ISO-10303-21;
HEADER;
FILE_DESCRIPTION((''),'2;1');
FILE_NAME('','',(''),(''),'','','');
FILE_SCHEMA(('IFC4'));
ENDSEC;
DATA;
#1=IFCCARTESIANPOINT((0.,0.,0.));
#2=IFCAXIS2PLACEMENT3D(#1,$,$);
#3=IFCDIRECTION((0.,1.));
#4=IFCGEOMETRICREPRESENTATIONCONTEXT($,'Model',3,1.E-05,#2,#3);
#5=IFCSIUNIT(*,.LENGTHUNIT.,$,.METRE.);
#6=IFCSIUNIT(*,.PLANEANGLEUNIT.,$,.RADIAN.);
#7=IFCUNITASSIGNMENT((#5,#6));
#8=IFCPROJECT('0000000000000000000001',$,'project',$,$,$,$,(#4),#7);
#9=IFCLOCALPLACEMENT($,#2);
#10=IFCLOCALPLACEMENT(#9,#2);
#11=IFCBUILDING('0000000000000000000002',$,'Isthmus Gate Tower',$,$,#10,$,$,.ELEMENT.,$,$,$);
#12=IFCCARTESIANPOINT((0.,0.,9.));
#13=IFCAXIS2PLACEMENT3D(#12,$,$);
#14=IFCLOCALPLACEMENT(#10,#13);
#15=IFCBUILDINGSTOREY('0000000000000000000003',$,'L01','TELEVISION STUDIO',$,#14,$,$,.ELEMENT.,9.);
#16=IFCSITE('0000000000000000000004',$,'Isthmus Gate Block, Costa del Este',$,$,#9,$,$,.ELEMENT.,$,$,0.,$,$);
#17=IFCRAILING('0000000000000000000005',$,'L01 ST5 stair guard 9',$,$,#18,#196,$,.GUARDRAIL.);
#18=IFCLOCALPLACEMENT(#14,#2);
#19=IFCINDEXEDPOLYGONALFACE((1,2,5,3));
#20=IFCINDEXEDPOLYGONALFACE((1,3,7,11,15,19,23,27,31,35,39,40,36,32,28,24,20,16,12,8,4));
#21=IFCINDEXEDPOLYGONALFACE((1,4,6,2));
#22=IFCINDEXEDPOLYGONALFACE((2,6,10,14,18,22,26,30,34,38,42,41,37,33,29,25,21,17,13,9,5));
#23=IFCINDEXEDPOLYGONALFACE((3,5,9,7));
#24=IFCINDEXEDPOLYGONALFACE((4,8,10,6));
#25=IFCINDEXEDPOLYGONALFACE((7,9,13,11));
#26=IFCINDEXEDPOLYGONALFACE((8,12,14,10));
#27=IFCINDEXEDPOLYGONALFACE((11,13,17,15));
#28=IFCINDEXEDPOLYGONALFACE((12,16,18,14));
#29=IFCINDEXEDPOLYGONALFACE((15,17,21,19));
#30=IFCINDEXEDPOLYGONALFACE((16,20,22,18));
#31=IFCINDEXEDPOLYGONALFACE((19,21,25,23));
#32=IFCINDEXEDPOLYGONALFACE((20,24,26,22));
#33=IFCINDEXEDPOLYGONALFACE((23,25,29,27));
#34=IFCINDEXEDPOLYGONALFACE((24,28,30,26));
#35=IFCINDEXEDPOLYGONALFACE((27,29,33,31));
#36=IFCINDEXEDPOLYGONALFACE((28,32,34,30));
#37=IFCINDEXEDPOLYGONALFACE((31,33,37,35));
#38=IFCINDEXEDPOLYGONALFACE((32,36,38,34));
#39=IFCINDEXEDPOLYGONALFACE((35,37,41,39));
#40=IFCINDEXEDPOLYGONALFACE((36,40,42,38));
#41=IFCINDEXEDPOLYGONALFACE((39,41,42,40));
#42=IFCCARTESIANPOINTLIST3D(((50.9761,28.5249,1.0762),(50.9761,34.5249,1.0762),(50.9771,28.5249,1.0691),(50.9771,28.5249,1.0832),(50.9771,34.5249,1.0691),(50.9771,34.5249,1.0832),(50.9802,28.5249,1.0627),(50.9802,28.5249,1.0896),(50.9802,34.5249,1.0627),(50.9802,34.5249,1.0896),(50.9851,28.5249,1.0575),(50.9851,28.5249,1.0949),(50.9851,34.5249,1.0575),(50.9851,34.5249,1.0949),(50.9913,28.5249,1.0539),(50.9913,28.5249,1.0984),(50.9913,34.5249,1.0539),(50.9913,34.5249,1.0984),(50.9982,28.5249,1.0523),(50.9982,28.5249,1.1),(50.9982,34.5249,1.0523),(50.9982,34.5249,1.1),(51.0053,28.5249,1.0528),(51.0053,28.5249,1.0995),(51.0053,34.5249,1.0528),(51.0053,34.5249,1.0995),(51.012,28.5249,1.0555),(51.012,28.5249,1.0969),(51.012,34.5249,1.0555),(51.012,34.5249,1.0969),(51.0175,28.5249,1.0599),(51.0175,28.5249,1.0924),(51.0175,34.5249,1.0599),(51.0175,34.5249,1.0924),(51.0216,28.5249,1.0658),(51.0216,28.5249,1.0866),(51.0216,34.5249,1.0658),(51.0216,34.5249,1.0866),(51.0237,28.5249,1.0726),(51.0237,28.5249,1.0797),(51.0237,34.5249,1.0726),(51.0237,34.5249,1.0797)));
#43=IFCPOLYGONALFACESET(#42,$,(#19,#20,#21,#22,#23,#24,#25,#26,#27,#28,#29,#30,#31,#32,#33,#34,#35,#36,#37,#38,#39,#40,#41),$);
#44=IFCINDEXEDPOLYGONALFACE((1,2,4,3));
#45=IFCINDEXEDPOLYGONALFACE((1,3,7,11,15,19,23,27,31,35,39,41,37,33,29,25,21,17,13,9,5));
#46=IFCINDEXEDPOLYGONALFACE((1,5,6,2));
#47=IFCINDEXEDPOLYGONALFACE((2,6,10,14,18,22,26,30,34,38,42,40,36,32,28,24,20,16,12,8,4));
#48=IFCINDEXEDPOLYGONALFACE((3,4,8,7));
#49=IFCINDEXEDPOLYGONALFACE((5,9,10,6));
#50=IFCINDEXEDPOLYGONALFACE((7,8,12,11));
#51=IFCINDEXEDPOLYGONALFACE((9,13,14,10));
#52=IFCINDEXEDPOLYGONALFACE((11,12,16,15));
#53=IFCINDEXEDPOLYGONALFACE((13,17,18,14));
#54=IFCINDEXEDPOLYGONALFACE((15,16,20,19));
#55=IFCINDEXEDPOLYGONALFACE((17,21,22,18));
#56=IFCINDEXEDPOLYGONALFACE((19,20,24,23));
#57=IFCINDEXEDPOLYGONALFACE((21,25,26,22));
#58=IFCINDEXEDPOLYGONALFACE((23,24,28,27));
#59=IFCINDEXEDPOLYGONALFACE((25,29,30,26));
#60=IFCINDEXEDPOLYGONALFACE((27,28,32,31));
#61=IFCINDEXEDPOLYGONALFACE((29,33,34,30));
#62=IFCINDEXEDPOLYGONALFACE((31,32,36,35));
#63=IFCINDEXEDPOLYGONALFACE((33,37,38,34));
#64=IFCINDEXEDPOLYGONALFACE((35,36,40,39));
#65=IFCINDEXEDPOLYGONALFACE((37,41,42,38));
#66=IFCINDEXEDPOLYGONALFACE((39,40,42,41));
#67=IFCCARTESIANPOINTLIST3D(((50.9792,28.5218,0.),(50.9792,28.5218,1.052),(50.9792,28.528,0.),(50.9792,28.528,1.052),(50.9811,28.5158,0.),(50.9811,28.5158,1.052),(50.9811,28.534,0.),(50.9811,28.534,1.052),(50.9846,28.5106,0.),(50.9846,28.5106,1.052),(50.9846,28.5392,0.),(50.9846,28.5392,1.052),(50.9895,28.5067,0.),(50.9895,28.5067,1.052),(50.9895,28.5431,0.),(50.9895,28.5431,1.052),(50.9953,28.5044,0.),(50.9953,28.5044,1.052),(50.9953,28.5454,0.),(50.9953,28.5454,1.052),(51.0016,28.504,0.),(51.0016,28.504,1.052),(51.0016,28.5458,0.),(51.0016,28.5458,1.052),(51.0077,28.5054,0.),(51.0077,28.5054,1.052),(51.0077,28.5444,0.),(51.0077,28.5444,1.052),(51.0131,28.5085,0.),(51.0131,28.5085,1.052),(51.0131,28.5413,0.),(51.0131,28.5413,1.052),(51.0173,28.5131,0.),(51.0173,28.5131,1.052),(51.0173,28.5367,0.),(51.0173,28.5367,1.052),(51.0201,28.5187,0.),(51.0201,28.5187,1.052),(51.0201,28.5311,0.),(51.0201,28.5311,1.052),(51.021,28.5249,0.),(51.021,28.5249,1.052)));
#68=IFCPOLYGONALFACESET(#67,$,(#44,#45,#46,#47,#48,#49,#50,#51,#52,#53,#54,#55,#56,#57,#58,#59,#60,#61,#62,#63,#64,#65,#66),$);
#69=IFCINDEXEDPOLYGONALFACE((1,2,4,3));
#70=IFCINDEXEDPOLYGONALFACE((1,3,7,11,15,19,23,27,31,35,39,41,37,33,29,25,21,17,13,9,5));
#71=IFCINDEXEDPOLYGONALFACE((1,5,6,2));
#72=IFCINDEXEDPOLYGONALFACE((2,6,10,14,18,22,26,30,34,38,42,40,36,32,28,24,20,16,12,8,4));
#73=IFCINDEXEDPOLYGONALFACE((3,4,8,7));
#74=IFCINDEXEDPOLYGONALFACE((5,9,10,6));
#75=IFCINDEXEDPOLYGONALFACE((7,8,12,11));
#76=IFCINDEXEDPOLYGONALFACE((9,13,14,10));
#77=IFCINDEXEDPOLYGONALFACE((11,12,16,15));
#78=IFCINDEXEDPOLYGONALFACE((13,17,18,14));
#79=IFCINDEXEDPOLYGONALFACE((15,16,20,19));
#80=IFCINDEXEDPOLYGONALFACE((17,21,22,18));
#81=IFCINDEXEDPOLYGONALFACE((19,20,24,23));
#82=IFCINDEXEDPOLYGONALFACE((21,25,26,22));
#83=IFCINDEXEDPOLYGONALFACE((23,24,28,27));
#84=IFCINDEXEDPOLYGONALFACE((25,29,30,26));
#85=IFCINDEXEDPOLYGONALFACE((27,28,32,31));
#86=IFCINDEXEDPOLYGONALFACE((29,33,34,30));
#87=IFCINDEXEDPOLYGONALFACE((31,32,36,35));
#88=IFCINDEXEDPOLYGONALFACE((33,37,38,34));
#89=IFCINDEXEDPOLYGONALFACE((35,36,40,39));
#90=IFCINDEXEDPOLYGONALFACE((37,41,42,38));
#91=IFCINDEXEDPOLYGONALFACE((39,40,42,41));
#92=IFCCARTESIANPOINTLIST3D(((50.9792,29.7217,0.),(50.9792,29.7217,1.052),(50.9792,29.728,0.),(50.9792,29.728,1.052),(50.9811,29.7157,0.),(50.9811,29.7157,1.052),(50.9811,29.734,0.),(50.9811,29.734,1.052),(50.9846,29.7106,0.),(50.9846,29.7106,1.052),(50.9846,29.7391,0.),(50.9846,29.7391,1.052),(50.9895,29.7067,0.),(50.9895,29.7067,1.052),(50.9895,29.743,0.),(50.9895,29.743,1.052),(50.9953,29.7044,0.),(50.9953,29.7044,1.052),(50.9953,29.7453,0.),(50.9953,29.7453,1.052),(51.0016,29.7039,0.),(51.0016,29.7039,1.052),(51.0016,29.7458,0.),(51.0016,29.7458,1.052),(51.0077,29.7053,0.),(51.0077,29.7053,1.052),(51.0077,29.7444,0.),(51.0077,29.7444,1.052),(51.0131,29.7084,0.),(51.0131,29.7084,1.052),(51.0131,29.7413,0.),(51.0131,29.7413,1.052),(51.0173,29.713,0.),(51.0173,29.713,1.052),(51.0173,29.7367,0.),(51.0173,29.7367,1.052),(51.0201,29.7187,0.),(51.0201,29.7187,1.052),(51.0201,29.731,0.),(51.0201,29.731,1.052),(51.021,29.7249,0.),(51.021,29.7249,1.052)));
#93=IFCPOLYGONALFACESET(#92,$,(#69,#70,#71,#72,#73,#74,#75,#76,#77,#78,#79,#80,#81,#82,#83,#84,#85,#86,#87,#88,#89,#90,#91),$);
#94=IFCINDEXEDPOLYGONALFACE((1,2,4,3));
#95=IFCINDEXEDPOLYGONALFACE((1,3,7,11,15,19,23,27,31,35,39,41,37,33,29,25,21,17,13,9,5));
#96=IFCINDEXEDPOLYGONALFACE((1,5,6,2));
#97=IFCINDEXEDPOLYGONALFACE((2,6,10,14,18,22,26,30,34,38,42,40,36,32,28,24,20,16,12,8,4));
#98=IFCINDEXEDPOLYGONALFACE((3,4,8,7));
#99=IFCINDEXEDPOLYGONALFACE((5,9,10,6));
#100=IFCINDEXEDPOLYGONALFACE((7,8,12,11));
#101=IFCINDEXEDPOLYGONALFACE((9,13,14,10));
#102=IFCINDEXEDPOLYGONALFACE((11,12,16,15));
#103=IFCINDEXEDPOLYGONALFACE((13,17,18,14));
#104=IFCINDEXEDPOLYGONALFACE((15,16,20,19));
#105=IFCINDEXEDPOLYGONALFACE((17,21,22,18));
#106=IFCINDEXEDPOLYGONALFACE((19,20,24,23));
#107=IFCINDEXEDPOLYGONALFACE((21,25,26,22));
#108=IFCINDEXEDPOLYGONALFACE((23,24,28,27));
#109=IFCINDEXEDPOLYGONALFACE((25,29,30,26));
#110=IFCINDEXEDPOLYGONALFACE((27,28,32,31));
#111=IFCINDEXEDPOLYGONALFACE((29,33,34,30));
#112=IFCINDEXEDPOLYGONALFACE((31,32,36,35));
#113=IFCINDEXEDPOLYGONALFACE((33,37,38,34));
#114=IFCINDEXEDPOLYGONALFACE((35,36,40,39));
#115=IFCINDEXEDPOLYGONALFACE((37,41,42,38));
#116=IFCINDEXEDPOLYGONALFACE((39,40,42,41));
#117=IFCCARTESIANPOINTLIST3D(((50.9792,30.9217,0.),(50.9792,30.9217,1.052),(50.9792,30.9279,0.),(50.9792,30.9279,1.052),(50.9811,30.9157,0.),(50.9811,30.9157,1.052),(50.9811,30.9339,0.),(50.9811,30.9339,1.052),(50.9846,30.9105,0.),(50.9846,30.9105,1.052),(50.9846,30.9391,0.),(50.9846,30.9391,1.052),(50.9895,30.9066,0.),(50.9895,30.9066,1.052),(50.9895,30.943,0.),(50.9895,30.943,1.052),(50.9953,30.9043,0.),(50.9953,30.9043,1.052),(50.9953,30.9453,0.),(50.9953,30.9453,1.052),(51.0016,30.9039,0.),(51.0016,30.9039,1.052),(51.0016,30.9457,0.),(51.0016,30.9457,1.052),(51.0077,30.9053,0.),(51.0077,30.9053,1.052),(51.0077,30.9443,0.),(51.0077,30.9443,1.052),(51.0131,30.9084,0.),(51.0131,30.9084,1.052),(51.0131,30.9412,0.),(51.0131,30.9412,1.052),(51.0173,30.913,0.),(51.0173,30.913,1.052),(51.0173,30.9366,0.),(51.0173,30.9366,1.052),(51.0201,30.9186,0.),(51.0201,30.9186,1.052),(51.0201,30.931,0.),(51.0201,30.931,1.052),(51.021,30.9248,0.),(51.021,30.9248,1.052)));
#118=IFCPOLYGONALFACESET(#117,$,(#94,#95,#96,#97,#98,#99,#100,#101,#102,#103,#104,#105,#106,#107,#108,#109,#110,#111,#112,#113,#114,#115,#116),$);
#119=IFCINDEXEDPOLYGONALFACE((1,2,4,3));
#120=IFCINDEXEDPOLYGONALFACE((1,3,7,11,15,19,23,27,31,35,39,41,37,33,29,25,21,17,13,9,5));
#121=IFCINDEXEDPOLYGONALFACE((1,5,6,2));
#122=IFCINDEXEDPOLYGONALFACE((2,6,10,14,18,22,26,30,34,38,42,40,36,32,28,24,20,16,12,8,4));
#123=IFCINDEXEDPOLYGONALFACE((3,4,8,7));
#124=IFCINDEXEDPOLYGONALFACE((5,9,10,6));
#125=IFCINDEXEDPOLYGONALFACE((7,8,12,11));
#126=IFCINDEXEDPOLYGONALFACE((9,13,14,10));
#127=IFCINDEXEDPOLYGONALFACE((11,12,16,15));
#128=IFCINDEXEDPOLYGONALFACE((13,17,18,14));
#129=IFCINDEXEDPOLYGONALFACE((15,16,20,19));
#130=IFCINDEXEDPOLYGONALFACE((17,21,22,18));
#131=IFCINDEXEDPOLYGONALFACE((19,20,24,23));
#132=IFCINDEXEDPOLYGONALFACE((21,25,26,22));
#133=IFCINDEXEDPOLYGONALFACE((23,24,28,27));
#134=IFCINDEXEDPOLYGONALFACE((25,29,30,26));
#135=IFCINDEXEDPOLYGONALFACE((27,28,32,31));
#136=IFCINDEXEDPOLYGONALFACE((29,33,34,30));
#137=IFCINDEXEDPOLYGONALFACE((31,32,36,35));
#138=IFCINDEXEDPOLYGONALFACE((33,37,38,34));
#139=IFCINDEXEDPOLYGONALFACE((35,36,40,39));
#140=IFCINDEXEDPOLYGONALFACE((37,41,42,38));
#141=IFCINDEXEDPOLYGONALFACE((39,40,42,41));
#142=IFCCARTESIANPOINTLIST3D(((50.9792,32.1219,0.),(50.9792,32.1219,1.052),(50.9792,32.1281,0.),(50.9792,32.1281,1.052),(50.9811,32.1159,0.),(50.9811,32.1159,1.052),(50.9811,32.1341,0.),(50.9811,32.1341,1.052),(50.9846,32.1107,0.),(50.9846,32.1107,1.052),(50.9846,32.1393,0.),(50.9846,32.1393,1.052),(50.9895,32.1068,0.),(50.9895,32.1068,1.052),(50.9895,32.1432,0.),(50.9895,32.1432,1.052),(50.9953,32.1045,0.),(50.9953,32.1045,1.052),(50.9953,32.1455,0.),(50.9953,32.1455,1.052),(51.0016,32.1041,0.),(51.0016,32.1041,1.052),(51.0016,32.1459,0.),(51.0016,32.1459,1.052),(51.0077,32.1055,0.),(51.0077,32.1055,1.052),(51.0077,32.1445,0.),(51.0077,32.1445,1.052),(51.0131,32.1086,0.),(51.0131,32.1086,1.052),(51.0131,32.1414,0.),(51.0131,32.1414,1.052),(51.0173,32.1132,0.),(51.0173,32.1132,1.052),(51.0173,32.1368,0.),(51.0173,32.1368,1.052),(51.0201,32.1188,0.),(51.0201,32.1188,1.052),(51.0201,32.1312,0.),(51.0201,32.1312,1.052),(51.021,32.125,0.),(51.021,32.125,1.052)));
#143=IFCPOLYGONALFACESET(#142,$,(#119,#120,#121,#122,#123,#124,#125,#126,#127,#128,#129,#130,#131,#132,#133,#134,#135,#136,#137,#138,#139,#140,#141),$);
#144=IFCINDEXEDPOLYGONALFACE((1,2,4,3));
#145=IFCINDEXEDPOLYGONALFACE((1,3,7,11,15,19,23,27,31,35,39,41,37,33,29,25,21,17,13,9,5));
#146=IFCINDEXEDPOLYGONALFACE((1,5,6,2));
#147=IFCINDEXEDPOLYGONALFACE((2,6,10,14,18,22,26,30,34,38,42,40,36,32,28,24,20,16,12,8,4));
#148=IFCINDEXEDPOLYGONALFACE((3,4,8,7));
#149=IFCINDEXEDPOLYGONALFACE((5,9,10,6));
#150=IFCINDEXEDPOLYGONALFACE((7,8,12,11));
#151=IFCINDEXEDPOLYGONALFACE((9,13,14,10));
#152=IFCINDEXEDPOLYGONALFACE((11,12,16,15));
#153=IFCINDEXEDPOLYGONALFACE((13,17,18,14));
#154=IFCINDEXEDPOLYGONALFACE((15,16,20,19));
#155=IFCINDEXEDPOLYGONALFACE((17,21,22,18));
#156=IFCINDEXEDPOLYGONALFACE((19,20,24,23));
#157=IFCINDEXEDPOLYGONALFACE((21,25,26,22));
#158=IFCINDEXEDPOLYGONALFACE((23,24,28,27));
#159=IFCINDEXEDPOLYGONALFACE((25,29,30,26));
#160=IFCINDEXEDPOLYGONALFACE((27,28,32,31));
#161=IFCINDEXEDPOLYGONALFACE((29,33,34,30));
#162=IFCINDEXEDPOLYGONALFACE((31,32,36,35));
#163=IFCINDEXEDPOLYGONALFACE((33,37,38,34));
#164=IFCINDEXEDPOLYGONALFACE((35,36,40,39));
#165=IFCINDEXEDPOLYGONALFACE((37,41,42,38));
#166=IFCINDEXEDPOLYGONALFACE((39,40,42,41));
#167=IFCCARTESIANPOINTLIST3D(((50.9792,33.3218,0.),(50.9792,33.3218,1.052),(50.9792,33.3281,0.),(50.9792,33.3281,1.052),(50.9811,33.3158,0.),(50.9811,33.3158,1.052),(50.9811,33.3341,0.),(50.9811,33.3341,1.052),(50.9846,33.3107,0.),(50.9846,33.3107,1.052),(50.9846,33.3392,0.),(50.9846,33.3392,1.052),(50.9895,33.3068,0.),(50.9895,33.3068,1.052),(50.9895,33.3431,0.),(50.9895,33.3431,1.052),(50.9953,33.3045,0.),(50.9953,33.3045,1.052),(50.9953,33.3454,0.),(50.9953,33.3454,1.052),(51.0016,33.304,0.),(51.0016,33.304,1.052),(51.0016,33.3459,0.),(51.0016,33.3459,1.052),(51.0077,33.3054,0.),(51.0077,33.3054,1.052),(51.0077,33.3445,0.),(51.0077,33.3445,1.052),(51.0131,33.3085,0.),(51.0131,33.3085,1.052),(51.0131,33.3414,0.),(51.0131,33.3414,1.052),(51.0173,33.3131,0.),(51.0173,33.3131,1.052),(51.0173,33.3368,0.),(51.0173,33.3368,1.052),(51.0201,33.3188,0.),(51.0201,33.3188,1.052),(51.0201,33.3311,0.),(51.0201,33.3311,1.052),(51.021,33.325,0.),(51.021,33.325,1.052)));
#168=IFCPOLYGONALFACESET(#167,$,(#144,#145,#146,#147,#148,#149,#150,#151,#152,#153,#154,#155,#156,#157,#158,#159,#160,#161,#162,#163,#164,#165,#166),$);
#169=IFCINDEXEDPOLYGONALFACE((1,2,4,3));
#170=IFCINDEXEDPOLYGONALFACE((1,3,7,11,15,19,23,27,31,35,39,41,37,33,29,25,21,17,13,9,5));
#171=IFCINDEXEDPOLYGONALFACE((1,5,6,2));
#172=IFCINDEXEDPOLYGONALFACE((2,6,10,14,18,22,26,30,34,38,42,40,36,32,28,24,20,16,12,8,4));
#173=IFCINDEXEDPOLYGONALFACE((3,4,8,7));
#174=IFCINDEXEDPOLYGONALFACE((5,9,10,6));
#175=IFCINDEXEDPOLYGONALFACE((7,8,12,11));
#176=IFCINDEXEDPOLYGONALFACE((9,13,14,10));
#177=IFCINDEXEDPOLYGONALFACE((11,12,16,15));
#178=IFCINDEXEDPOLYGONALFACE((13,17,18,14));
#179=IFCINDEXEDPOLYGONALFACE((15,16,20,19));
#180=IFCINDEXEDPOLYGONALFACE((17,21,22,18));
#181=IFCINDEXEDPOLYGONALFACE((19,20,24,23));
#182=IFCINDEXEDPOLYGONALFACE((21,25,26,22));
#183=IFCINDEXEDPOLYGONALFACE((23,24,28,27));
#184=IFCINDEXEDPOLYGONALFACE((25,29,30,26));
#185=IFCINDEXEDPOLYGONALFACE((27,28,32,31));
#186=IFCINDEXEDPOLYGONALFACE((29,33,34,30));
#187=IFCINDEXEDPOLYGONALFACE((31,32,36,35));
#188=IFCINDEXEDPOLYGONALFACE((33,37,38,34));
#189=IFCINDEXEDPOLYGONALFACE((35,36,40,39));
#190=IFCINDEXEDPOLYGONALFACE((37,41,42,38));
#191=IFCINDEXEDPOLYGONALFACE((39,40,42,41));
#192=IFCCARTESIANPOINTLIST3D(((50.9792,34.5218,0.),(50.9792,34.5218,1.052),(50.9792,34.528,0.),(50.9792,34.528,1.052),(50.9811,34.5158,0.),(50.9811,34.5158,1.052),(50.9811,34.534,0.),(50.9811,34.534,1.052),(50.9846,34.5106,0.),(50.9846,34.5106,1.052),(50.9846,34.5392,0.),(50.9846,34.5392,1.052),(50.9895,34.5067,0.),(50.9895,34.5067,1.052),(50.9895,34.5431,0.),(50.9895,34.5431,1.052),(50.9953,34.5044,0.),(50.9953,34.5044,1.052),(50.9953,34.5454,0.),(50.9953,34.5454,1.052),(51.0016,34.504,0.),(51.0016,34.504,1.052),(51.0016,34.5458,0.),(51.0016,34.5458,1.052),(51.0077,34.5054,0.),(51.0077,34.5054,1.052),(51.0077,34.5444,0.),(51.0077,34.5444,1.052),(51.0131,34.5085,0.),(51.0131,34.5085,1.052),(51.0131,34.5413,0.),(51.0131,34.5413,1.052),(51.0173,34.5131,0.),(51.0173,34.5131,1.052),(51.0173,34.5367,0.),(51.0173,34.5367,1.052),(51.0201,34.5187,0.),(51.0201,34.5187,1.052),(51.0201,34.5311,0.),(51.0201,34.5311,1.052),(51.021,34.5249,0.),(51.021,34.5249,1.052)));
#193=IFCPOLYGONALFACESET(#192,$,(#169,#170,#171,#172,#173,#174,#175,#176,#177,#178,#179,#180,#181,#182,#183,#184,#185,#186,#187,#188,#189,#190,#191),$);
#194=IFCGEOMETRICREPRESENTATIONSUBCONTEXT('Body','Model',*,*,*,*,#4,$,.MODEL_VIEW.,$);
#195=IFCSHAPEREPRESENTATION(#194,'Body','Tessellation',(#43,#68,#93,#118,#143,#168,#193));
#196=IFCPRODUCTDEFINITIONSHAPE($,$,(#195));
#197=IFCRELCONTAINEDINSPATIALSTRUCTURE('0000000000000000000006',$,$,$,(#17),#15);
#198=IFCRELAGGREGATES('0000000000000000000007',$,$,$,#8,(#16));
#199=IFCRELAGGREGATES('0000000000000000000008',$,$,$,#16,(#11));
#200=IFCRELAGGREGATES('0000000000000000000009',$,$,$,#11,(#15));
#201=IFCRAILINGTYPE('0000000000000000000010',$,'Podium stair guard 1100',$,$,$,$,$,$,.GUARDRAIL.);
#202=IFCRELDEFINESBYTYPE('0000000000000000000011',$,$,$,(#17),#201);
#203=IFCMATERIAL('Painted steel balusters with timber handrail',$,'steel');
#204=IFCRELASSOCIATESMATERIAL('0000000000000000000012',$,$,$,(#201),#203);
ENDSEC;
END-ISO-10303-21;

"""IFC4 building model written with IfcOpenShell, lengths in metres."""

from ifc_helpers import new_model, si_unit, direction, frame, origin, origin_2d, place, context, subcontext, project, spatial, circle, extrude, material, type_object, element, save


model = new_model("IFC4")

# Units and contexts
model_context = context("Model", 3, precision=1e-05, world=origin(), true_north=direction((0.0, 1.0)))
body_context = subcontext(model_context, "Body", "Model", "MODEL_VIEW")
ifc_project = project(units=[si_unit("LENGTHUNIT", "METRE"), si_unit("PLANEANGLEUNIT", "RADIAN")], contexts=[model_context])

# Site, building, storey
site_placement = place(None, origin())
site = spatial("IfcSite", under=ifc_project, at=site_placement, Name="Isthmus Gate Block, Costa del Este", CompositionType="ELEMENT", RefElevation=0.0)
building_placement = place(site_placement, origin())
building = spatial("IfcBuilding", under=site, at=building_placement, Name="Isthmus Gate Tower", CompositionType="ELEMENT")
storey_placement = place(building_placement, frame((0.0, 0.0, 9.0)))
storey = spatial("IfcBuildingStorey", under=building, at=storey_placement, Name="L01", Description="TELEVISION STUDIO", CompositionType="ELEMENT", Elevation=9.0)

# Railing
ifc_material_1 = material(Name="Painted steel balusters with timber handrail", Category="steel")
railing_type_1 = type_object("IfcRailingType", Name="Podium stair guard 1100", PredefinedType="GUARDRAIL", material=ifc_material_1)
railing_1_placement = place(storey_placement, frame((51.0, 28.5249, 0.0)))
element("IfcRailing", 1, at=railing_1_placement, inside=storey, type_object=railing_type_1, Name="L01 ST5 stair guard 9", PredefinedType="GUARDRAIL", context=body_context, shape_type="SweptSolid", body=[
    extrude(circle(Radius=0.0239, at=origin_2d()), frame((0.0, 0.0, 1.0762), z_axis=(0.0, 1.0, 0.0), x_axis=(-1.0, 0.0, 0.0)), (0.0, 0.0, 1.0), 6.0),
    extrude(circle(Radius=0.021, at=origin_2d()), origin(), (0.0, 0.0, 1.0), 1.052),
    extrude(circle(Radius=0.021, at=origin_2d()), frame((0.0, 1.2, 0.0)), (0.0, 0.0, 1.0), 1.052),
    extrude(circle(Radius=0.021, at=origin_2d()), frame((0.0, 2.3999, 0.0)), (0.0, 0.0, 1.0), 1.052),
    extrude(circle(Radius=0.021, at=origin_2d()), frame((0.0, 3.6001, 0.0)), (0.0, 0.0, 1.0), 1.052),
    extrude(circle(Radius=0.021, at=origin_2d()), frame((0.0, 4.8, 0.0)), (0.0, 0.0, 1.0), 1.052),
    extrude(circle(Radius=0.021, at=origin_2d()), frame((0.0, 6.0, 0.0)), (0.0, 0.0, 1.0), 1.052),
])

save(model, "model.ifc")
